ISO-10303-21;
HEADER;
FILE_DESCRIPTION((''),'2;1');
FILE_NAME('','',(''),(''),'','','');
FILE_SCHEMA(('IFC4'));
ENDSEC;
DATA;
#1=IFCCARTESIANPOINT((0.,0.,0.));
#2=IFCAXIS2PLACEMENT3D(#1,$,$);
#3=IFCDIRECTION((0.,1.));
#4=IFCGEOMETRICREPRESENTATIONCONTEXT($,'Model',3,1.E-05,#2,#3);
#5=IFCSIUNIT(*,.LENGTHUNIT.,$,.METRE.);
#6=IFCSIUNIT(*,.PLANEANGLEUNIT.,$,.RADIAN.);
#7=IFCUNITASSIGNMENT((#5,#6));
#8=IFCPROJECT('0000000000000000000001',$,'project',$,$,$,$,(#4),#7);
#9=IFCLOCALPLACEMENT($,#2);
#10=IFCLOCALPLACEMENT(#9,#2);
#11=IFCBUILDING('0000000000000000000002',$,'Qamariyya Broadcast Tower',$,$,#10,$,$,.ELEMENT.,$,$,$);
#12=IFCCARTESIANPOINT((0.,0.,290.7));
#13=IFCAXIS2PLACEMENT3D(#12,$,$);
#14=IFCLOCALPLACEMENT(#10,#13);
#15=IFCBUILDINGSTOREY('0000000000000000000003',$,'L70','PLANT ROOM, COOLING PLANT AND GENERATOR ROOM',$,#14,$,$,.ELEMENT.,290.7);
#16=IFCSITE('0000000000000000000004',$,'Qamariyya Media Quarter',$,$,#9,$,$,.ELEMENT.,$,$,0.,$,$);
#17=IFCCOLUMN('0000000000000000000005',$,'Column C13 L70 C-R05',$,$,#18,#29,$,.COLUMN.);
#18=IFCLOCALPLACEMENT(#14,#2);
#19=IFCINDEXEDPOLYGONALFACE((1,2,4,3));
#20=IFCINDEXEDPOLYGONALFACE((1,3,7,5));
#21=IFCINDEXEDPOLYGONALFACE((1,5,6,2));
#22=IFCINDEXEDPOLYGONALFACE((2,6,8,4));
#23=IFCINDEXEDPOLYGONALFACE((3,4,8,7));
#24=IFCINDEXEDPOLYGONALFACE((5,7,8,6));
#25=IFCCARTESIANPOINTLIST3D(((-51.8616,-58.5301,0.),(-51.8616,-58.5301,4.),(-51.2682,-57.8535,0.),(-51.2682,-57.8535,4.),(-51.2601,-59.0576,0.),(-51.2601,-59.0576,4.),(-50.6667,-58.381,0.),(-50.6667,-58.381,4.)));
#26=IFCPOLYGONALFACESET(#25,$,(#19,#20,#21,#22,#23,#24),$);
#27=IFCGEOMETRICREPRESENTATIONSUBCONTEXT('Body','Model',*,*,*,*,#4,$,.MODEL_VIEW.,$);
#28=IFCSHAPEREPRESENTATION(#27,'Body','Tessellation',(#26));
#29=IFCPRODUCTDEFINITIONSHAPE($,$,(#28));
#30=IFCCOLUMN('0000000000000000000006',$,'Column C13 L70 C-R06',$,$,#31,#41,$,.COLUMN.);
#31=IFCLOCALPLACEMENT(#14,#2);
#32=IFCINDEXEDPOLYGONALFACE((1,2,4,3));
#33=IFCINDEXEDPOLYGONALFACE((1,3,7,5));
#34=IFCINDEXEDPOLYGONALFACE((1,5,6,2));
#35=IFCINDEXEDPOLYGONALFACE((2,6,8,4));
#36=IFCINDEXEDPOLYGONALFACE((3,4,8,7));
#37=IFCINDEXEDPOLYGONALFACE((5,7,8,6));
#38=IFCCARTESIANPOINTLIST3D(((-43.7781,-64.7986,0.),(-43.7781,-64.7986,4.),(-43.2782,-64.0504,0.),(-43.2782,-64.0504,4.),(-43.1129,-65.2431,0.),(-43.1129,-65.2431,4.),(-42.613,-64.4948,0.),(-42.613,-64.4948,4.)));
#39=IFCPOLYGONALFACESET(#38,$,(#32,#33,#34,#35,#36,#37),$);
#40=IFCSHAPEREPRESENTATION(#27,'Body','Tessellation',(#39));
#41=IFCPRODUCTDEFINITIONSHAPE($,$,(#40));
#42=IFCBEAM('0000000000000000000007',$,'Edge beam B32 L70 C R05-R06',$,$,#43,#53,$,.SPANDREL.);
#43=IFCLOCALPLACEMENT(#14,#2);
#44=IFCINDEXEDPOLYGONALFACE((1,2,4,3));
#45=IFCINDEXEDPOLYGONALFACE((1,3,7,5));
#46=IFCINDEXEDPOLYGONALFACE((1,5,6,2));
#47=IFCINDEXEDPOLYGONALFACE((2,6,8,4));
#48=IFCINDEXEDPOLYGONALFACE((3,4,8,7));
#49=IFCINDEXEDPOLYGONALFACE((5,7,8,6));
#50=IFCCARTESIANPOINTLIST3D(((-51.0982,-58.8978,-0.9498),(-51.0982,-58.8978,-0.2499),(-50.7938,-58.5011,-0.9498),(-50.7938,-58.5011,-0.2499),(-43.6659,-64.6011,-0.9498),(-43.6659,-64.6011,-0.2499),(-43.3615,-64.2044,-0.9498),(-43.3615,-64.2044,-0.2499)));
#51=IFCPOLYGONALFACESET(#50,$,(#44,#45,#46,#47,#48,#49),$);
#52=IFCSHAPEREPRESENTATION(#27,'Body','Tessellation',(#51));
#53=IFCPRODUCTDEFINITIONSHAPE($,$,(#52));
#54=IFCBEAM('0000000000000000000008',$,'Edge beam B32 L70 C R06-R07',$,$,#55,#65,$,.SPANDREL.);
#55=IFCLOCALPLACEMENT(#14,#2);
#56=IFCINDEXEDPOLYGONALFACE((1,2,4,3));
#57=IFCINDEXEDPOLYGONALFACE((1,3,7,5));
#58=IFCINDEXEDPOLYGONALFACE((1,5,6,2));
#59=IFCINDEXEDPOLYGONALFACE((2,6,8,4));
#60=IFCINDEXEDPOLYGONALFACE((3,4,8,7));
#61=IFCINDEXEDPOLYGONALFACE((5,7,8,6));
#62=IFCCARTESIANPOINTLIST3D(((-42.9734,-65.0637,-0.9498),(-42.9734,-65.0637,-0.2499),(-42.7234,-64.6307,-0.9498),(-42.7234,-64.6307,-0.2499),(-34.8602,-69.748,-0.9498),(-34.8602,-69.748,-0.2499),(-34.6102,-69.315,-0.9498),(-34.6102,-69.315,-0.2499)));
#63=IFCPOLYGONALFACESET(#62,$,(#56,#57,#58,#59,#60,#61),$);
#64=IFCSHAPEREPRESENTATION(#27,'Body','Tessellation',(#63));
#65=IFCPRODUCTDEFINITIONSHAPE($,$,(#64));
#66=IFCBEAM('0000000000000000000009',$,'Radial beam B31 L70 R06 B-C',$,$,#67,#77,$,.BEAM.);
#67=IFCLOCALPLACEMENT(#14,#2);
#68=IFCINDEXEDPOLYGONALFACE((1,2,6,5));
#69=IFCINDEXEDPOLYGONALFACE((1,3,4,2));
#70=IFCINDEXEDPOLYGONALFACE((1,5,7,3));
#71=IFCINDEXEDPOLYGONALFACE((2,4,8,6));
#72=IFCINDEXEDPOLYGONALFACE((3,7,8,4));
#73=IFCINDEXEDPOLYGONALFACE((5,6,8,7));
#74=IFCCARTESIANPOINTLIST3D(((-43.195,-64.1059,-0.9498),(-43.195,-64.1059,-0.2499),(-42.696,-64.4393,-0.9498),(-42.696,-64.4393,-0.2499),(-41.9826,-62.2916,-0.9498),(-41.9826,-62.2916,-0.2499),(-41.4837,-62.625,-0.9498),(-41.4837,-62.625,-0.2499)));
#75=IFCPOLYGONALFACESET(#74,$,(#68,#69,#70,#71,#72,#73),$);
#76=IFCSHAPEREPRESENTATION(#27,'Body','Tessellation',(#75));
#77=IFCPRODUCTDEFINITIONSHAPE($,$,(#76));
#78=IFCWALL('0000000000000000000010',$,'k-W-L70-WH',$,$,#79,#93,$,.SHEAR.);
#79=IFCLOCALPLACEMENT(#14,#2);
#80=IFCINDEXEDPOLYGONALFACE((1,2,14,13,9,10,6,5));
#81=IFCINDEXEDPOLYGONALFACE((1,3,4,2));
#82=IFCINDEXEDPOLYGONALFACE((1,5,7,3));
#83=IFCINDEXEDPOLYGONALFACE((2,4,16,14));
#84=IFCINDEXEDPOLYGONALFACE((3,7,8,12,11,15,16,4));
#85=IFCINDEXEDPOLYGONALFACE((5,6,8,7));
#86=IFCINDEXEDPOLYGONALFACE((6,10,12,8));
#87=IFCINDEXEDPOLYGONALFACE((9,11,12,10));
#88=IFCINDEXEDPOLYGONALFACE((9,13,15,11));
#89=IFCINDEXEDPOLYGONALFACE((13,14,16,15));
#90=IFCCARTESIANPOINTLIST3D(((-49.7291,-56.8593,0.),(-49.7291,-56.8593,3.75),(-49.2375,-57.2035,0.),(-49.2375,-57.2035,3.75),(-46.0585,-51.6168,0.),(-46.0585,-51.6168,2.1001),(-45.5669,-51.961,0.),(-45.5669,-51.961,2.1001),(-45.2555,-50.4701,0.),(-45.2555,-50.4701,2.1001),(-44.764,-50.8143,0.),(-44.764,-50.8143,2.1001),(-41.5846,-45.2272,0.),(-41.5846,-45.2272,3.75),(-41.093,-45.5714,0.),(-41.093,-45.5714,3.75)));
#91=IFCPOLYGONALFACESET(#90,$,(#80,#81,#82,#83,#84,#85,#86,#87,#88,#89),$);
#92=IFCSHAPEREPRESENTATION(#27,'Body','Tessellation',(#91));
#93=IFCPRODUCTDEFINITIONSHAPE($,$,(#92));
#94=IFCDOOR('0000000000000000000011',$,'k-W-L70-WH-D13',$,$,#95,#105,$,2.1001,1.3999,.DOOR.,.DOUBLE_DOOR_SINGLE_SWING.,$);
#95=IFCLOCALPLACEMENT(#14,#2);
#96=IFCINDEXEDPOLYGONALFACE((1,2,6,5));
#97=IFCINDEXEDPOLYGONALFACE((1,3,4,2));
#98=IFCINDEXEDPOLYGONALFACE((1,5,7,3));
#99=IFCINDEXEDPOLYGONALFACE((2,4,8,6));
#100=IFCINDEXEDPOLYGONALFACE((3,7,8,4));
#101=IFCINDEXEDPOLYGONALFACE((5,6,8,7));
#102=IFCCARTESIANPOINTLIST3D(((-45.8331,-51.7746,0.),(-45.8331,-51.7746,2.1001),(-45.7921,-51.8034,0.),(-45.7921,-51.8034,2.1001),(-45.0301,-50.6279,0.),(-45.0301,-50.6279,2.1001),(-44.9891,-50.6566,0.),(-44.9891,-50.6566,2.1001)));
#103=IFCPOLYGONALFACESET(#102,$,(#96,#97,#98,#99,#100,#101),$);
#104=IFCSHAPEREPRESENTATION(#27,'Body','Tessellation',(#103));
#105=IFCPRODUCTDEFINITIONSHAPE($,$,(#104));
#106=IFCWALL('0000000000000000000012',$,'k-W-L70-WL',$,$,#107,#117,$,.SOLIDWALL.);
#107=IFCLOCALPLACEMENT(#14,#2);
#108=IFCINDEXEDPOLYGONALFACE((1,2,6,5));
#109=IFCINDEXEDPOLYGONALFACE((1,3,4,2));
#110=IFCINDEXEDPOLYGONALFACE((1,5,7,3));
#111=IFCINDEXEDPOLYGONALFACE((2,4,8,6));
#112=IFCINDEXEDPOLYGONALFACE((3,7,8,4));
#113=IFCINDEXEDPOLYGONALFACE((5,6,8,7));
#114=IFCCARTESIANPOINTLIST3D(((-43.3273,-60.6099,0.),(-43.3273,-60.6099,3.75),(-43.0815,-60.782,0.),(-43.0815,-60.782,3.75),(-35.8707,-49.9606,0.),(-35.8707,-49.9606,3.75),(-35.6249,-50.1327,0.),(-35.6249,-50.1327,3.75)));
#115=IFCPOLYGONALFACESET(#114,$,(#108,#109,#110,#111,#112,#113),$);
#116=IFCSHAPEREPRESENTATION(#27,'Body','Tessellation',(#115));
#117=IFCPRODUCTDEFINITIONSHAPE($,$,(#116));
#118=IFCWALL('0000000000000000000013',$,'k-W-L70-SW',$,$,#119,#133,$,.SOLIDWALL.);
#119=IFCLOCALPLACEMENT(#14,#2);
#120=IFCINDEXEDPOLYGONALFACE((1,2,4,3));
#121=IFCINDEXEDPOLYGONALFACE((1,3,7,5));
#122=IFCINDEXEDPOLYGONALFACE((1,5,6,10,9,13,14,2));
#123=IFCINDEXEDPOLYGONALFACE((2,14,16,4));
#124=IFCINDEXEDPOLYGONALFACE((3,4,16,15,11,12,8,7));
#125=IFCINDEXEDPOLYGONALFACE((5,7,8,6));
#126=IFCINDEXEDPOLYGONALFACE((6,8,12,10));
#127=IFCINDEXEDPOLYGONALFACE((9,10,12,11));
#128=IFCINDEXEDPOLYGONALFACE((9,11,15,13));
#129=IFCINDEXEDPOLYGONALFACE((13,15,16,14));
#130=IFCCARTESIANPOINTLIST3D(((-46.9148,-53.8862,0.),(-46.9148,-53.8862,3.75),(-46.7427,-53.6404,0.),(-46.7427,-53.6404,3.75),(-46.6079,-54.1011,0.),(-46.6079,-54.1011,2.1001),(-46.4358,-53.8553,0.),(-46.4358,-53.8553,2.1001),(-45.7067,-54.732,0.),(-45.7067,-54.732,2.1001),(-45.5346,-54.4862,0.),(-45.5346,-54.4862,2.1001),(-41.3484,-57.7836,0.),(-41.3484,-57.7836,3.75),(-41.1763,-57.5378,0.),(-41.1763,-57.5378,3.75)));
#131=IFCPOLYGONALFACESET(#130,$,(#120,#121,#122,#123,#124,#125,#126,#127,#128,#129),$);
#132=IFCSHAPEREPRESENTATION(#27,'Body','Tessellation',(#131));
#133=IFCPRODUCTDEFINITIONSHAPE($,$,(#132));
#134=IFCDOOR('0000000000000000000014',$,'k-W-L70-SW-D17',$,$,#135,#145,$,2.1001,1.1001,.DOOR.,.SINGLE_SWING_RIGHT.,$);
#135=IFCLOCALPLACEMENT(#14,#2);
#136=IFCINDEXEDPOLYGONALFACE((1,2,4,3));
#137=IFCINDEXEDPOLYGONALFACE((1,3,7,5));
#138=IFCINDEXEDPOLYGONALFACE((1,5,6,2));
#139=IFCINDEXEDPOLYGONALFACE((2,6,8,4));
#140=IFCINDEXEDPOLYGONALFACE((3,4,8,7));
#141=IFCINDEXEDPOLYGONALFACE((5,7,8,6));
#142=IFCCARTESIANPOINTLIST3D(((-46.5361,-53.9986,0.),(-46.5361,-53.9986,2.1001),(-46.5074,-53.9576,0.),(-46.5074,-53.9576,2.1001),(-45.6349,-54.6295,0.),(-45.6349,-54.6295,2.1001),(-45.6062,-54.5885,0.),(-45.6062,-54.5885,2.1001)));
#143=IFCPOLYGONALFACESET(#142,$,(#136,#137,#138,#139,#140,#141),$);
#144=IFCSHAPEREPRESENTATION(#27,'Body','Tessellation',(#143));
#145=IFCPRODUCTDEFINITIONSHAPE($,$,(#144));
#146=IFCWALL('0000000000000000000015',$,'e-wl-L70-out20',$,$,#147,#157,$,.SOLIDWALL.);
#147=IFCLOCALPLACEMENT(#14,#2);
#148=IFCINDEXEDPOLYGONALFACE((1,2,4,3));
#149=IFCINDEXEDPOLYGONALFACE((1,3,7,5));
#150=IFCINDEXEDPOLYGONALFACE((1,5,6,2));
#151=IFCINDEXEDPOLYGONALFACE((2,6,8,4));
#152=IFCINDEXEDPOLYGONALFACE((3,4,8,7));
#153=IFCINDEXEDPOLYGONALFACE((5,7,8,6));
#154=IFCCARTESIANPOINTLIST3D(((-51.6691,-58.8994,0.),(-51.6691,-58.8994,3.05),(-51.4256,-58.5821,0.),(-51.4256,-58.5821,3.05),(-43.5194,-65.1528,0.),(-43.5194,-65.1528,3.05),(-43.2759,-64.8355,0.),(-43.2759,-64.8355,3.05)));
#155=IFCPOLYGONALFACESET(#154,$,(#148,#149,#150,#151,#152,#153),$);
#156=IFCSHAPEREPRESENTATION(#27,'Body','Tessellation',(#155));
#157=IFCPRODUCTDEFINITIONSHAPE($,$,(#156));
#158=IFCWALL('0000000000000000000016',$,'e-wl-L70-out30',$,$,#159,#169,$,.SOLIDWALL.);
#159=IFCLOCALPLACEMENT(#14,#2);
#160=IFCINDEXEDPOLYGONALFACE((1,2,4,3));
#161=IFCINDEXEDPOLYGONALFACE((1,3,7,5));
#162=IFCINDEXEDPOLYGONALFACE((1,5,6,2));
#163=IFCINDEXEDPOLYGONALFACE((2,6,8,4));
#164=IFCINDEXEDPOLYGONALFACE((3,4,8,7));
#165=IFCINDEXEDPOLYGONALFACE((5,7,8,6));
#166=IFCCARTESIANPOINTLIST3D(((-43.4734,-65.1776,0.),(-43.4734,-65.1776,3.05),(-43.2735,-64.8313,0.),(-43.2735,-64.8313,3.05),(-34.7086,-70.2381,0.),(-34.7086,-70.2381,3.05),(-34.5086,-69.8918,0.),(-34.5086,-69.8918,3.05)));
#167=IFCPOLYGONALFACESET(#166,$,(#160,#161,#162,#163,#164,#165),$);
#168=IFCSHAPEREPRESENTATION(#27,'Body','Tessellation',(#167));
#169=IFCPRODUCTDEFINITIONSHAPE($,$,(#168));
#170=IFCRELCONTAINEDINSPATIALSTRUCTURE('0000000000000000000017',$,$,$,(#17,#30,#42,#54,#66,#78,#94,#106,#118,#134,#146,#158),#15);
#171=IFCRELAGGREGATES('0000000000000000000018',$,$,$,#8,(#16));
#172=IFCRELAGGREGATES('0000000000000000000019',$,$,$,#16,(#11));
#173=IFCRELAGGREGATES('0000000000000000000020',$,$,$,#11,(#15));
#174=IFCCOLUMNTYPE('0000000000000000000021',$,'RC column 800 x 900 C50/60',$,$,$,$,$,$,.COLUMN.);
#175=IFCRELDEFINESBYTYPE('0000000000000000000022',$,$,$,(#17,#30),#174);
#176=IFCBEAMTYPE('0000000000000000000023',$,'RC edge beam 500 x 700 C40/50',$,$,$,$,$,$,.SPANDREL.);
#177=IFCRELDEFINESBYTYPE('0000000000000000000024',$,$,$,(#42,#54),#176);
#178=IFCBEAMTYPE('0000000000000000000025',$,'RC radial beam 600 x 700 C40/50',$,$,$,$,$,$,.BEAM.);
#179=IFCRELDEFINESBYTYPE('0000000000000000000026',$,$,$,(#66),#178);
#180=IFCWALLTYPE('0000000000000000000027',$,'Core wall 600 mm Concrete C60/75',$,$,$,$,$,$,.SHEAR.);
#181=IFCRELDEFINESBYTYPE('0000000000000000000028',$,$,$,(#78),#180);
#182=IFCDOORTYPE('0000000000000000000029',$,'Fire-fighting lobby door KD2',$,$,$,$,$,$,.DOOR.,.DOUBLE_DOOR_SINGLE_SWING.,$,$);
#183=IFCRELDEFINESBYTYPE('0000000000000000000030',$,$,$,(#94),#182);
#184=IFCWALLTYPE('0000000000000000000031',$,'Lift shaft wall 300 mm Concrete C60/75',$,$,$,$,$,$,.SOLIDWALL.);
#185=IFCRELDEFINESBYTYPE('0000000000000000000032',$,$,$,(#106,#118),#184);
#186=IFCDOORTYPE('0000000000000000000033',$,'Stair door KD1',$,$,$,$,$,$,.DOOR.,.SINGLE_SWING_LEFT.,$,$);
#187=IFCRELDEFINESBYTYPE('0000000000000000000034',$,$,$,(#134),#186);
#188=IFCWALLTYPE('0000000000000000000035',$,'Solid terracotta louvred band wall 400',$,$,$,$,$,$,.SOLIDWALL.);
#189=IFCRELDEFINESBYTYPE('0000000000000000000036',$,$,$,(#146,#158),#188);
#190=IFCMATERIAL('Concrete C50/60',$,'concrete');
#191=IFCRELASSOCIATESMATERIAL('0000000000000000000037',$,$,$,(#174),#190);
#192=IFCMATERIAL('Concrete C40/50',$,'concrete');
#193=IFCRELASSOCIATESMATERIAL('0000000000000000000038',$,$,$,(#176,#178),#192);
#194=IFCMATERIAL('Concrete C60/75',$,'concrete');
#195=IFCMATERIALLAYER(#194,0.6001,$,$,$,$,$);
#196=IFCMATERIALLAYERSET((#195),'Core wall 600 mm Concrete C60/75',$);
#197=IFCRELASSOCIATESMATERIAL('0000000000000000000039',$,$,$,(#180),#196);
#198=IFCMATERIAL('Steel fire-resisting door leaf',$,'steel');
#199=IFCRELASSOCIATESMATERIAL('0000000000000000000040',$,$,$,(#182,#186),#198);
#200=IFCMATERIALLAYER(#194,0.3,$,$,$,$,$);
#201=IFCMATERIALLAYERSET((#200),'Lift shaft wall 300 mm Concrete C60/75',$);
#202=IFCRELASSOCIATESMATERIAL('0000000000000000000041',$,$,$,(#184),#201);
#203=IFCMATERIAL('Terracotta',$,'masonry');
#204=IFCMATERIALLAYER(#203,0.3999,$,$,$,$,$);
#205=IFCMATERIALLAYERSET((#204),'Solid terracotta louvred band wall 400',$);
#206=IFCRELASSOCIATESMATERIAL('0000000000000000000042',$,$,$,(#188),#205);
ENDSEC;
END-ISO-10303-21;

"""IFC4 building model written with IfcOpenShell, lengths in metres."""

from ifc_helpers import new_model, si_unit, direction, frame, frame_2d, origin, origin_2d, place, context, subcontext, project, spatial, rectangle, extrude, material, layer, layer_set, material_profile, profile_set, type_object, element, fill, save


model = new_model("IFC4")

# Units and contexts
model_context = context("Model", 3, precision=1e-05, world=origin(), true_north=direction((0.0, 1.0)))
body_context = subcontext(model_context, "Body", "Model", "MODEL_VIEW")
ifc_project = project(units=[si_unit("LENGTHUNIT", "METRE"), si_unit("PLANEANGLEUNIT", "RADIAN")], contexts=[model_context])

# Site, building, storey
site_placement = place(None, origin())
site = spatial("IfcSite", under=ifc_project, at=site_placement, Name="Qamariyya Media Quarter", CompositionType="ELEMENT", RefElevation=0.0)
building_placement = place(site_placement, origin())
building = spatial("IfcBuilding", under=site, at=building_placement, Name="Qamariyya Broadcast Tower", CompositionType="ELEMENT")
storey_placement = place(building_placement, frame((0.0, 0.0, 290.7)))
storey = spatial("IfcBuildingStorey", under=building, at=storey_placement, Name="L70", Description="PLANT ROOM, COOLING PLANT AND GENERATOR ROOM", CompositionType="ELEMENT", Elevation=290.7)

# Columns
ifc_material_1 = material(Name="Concrete C50/60", Category="concrete")
ifc_material_profile_1 = material_profile(ifc_material_1, rectangle(XDim=0.8, YDim=0.8999, at=origin_2d()))
ifc_profile_set_1 = profile_set([ifc_material_profile_1], Name="Concrete C50/60")
column_type = type_object("IfcColumnType", Name="RC column 800 x 900 C50/60", PredefinedType="COLUMN", material=ifc_profile_set_1)
for number, where, z_axis, x_axis, name in (
    (1, (-51.2642, -58.4556, 0.0), (0.0, 0.0, 1.0), (0.75184, -0.659346, 0.0), "Column C13 L70 C-R05"),
    (2, (-43.1956, -64.6467, 0.0), (0.0, 0.0, 1.0), (0.83147, -0.55557, 0.0), "Column C13 L70 C-R06"),
):
    element("IfcColumn", number, at=place(storey_placement, frame(where, z_axis=z_axis, x_axis=x_axis)), inside=storey, type_object=column_type, Name=name, PredefinedType="COLUMN", context=body_context, shape_type="SweptSolid", body=[
        extrude(rectangle(XDim=0.8, YDim=0.8999, at=origin_2d()), origin(), (0.0, 0.0, 1.0), 4.0),
    ])

# Beams
ifc_material_2 = material(Name="Concrete C40/50", Category="concrete")
ifc_material_profile_2 = material_profile(ifc_material_2, rectangle(XDim=0.5, YDim=0.7, at=origin_2d()))
ifc_profile_set_2 = profile_set([ifc_material_profile_2], Name="Concrete C40/50")
beam_type_1 = type_object("IfcBeamType", Name="RC edge beam 500 x 700 C40/50", PredefinedType="SPANDREL", material=ifc_profile_set_2)
for number, where, z_axis, x_axis, name in (
    (3, (-50.946, -58.6995, -0.5999), (0.793337, -0.608782, 0.0), (0.608782, 0.793337, 0.0), "Edge beam B32 L70 C R05-R06"),
    (4, (-42.8484, -64.8472, -0.5999), (0.86602, -0.50001, 0.0), (0.50001, 0.86602, 0.0), "Edge beam B32 L70 C R06-R07"),
):
    element("IfcBeam", number, at=place(storey_placement, frame(where, z_axis=z_axis, x_axis=x_axis)), inside=storey, type_object=beam_type_1, Name=name, PredefinedType="SPANDREL", context=body_context, shape_type="SweptSolid", body=[
        extrude(rectangle(XDim=0.5, YDim=0.7, at=origin_2d()), origin(), (0.0, 0.0, 1.0), 9.3684),
    ])
ifc_material_profile_3 = material_profile(ifc_material_2, rectangle(XDim=0.6001, YDim=0.7, at=origin_2d()))
ifc_profile_set_3 = profile_set([ifc_material_profile_3], Name="Concrete C40/50")
beam_type_2 = type_object("IfcBeamType", Name="RC radial beam 600 x 700 C40/50", PredefinedType="BEAM", material=ifc_profile_set_3)
beam_placement = place(storey_placement, frame((-41.7332, -62.4583, -0.5999), z_axis=(-0.555578, -0.831465, 0.0), x_axis=(0.831465, -0.555578, 0.0)))
element("IfcBeam", 5, at=beam_placement, inside=storey, type_object=beam_type_2, Name="Radial beam B31 L70 R06 B-C", PredefinedType="BEAM", context=body_context, shape_type="SweptSolid", body=[
    extrude(rectangle(XDim=0.6001, YDim=0.7, at=origin_2d()), origin(), (0.0, 0.0, 1.0), 2.1821),
])

# Wall, opening, door
ifc_material_3 = material(Name="Concrete C60/75", Category="concrete")
ifc_layer_1 = layer(ifc_material_3, 0.6001)
ifc_layer_set_1 = layer_set([ifc_layer_1], Name="Core wall 600 mm Concrete C60/75")
wall_type_1 = type_object("IfcWallType", Name="Core wall 600 mm Concrete C60/75", PredefinedType="SHEAR", material=ifc_layer_set_1)
wall_1_placement = place(storey_placement, frame((-49.4834, -57.0315, 0.0), z_axis=(0.0, 0.0, 1.0), x_axis=(0.57356, 0.819163, 0.0)))
wall_1 = element("IfcWall", 6, at=wall_1_placement, inside=storey, type_object=wall_type_1, Name="k-W-L70-WH", PredefinedType="SHEAR", context=body_context, shape_type="SweptSolid", body=[
    extrude(rectangle(XDim=14.2, YDim=0.6001, at=frame_2d((7.1001, 0.0))), origin(), (0.0, 0.0, 1.0), 3.75),
])
opening_1_placement = place(wall_1_placement, frame((6.3999, 0.0, 0.0)))
opening_1 = element("IfcOpeningElement", 7, at=opening_1_placement, cuts=wall_1, PredefinedType="OPENING", context=body_context, shape_type="SweptSolid", body=[
    extrude(rectangle(XDim=1.3999, YDim=2.1001, at=frame_2d((0.7, 1.05))), frame((0.0, 0.3101, 0.0), z_axis=(0.0, -1.0, 0.0), x_axis=(1.0, 0.0, 0.0)), (0.0, 0.0, 1.0), 0.6201),
])
ifc_material_4 = material(Name="Steel fire-resisting door leaf", Category="steel")
door_type_1 = type_object("IfcDoorType", Name="Fire-fighting lobby door KD2", OperationType="DOUBLE_DOOR_SINGLE_SWING", PredefinedType="DOOR", material=ifc_material_4)
door_1_placement = place(opening_1_placement, origin())
door_1 = element("IfcDoor", 8, at=door_1_placement, inside=storey, type_object=door_type_1, Name="k-W-L70-WH-D13", OperationType="DOUBLE_DOOR_SINGLE_SWING", OverallHeight=2.1001, OverallWidth=1.3999, PredefinedType="DOOR", context=body_context, shape_type="SweptSolid", body=[
    extrude(rectangle(XDim=1.3999, YDim=2.1001, at=frame_2d((0.7, 1.05))), frame((0.0, 0.0249, 0.0), z_axis=(0.0, -1.0, 0.0), x_axis=(1.0, 0.0, 0.0)), (0.0, 0.0, 1.0), 0.05),
])
fill(opening_1, door_1)

# Wall
ifc_layer_2 = layer(ifc_material_3, 0.3)
ifc_layer_set_2 = layer_set([ifc_layer_2], Name="Lift shaft wall 300 mm Concrete C60/75")
wall_type_2 = type_object("IfcWallType", Name="Lift shaft wall 300 mm Concrete C60/75", PredefinedType="SOLIDWALL", material=ifc_layer_set_2)
wall_2_placement = place(storey_placement, frame((-43.2043, -60.6958, 0.0), z_axis=(0.0, 0.0, 1.0), x_axis=(0.573572, 0.819155, 0.0)))
element("IfcWall", 9, at=wall_2_placement, inside=storey, type_object=wall_type_2, Name="k-W-L70-WL", PredefinedType="SOLIDWALL", context=body_context, shape_type="SweptSolid", body=[
    extrude(rectangle(XDim=13.0002, YDim=0.3, at=frame_2d((6.5, 0.0))), origin(), (0.0, 0.0, 1.0), 3.75),
])

# Wall, opening, door
wall_3_placement = place(storey_placement, frame((-41.2625, -57.6606, 0.0), z_axis=(0.0, 0.0, 1.0), x_axis=(-0.819164, 0.573559, 0.0)))
wall_3 = element("IfcWall", 10, at=wall_3_placement, inside=storey, type_object=wall_type_2, Name="k-W-L70-SW", PredefinedType="SOLIDWALL", context=body_context, shape_type="SweptSolid", body=[
    extrude(rectangle(XDim=6.7952, YDim=0.3, at=frame_2d((3.3975, 0.0))), origin(), (0.0, 0.0, 1.0), 3.75),
])
opening_2_placement = place(wall_3_placement, frame((5.3203, 0.0, 0.0)))
opening_2 = element("IfcOpeningElement", 11, at=opening_2_placement, cuts=wall_3, PredefinedType="OPENING", context=body_context, shape_type="SweptSolid", body=[
    extrude(rectangle(XDim=1.1001, YDim=2.1001, at=frame_2d((0.55, 1.05))), frame((0.0, 0.1599, 0.0), z_axis=(0.0, -1.0, 0.0), x_axis=(1.0, 0.0, 0.0)), (0.0, 0.0, 1.0), 0.3201),
])
door_type_2 = type_object("IfcDoorType", Name="Stair door KD1", OperationType="SINGLE_SWING_LEFT", PredefinedType="DOOR", material=ifc_material_4)
door_2_placement = place(opening_2_placement, origin())
door_2 = element("IfcDoor", 12, at=door_2_placement, inside=storey, type_object=door_type_2, Name="k-W-L70-SW-D17", OperationType="SINGLE_SWING_RIGHT", OverallHeight=2.1001, OverallWidth=1.1001, PredefinedType="DOOR", context=body_context, shape_type="SweptSolid", body=[
    extrude(rectangle(XDim=1.1001, YDim=2.1001, at=frame_2d((0.55, 1.05))), frame((0.0, 0.0249, 0.0), z_axis=(0.0, -1.0, 0.0), x_axis=(1.0, 0.0, 0.0)), (0.0, 0.0, 1.0), 0.05),
])
fill(opening_2, door_2)

# Walls
ifc_material_5 = material(Name="Terracotta", Category="masonry")
ifc_layer_3 = layer(ifc_material_5, 0.3999)
ifc_layer_set_3 = layer_set([ifc_layer_3], Name="Solid terracotta louvred band wall 400")
wall_type_3 = type_object("IfcWallType", Name="Solid terracotta louvred band wall 400", PredefinedType="SOLIDWALL", material=ifc_layer_set_3)
wall_4_placement = place(storey_placement, frame((-51.5474, -58.7407, 0.0), z_axis=(0.0, 0.0, 1.0), x_axis=(0.793355, -0.608759, 0.0)))
element("IfcWall", 13, at=wall_4_placement, inside=storey, type_object=wall_type_3, Name="e-wl-L70-out20", PredefinedType="SOLIDWALL", context=body_context, shape_type="SweptSolid", body=[
    extrude(rectangle(XDim=10.2725, YDim=0.3999, at=frame_2d((5.1362, 0.0))), origin(), (0.0, 0.0, 1.0), 3.05),
])
wall_5_placement = place(storey_placement, frame((-43.3735, -65.0044, 0.0), z_axis=(0.0, 0.0, 1.0), x_axis=(0.86602, -0.50001, 0.0)))
element("IfcWall", 14, at=wall_5_placement, inside=storey, type_object=wall_type_3, Name="e-wl-L70-out30", PredefinedType="SOLIDWALL", context=body_context, shape_type="SweptSolid", body=[
    extrude(rectangle(XDim=10.1208, YDim=0.3999, at=frame_2d((5.0605, 0.0))), origin(), (0.0, 0.0, 1.0), 3.05),
])

save(model, "model.ifc")
